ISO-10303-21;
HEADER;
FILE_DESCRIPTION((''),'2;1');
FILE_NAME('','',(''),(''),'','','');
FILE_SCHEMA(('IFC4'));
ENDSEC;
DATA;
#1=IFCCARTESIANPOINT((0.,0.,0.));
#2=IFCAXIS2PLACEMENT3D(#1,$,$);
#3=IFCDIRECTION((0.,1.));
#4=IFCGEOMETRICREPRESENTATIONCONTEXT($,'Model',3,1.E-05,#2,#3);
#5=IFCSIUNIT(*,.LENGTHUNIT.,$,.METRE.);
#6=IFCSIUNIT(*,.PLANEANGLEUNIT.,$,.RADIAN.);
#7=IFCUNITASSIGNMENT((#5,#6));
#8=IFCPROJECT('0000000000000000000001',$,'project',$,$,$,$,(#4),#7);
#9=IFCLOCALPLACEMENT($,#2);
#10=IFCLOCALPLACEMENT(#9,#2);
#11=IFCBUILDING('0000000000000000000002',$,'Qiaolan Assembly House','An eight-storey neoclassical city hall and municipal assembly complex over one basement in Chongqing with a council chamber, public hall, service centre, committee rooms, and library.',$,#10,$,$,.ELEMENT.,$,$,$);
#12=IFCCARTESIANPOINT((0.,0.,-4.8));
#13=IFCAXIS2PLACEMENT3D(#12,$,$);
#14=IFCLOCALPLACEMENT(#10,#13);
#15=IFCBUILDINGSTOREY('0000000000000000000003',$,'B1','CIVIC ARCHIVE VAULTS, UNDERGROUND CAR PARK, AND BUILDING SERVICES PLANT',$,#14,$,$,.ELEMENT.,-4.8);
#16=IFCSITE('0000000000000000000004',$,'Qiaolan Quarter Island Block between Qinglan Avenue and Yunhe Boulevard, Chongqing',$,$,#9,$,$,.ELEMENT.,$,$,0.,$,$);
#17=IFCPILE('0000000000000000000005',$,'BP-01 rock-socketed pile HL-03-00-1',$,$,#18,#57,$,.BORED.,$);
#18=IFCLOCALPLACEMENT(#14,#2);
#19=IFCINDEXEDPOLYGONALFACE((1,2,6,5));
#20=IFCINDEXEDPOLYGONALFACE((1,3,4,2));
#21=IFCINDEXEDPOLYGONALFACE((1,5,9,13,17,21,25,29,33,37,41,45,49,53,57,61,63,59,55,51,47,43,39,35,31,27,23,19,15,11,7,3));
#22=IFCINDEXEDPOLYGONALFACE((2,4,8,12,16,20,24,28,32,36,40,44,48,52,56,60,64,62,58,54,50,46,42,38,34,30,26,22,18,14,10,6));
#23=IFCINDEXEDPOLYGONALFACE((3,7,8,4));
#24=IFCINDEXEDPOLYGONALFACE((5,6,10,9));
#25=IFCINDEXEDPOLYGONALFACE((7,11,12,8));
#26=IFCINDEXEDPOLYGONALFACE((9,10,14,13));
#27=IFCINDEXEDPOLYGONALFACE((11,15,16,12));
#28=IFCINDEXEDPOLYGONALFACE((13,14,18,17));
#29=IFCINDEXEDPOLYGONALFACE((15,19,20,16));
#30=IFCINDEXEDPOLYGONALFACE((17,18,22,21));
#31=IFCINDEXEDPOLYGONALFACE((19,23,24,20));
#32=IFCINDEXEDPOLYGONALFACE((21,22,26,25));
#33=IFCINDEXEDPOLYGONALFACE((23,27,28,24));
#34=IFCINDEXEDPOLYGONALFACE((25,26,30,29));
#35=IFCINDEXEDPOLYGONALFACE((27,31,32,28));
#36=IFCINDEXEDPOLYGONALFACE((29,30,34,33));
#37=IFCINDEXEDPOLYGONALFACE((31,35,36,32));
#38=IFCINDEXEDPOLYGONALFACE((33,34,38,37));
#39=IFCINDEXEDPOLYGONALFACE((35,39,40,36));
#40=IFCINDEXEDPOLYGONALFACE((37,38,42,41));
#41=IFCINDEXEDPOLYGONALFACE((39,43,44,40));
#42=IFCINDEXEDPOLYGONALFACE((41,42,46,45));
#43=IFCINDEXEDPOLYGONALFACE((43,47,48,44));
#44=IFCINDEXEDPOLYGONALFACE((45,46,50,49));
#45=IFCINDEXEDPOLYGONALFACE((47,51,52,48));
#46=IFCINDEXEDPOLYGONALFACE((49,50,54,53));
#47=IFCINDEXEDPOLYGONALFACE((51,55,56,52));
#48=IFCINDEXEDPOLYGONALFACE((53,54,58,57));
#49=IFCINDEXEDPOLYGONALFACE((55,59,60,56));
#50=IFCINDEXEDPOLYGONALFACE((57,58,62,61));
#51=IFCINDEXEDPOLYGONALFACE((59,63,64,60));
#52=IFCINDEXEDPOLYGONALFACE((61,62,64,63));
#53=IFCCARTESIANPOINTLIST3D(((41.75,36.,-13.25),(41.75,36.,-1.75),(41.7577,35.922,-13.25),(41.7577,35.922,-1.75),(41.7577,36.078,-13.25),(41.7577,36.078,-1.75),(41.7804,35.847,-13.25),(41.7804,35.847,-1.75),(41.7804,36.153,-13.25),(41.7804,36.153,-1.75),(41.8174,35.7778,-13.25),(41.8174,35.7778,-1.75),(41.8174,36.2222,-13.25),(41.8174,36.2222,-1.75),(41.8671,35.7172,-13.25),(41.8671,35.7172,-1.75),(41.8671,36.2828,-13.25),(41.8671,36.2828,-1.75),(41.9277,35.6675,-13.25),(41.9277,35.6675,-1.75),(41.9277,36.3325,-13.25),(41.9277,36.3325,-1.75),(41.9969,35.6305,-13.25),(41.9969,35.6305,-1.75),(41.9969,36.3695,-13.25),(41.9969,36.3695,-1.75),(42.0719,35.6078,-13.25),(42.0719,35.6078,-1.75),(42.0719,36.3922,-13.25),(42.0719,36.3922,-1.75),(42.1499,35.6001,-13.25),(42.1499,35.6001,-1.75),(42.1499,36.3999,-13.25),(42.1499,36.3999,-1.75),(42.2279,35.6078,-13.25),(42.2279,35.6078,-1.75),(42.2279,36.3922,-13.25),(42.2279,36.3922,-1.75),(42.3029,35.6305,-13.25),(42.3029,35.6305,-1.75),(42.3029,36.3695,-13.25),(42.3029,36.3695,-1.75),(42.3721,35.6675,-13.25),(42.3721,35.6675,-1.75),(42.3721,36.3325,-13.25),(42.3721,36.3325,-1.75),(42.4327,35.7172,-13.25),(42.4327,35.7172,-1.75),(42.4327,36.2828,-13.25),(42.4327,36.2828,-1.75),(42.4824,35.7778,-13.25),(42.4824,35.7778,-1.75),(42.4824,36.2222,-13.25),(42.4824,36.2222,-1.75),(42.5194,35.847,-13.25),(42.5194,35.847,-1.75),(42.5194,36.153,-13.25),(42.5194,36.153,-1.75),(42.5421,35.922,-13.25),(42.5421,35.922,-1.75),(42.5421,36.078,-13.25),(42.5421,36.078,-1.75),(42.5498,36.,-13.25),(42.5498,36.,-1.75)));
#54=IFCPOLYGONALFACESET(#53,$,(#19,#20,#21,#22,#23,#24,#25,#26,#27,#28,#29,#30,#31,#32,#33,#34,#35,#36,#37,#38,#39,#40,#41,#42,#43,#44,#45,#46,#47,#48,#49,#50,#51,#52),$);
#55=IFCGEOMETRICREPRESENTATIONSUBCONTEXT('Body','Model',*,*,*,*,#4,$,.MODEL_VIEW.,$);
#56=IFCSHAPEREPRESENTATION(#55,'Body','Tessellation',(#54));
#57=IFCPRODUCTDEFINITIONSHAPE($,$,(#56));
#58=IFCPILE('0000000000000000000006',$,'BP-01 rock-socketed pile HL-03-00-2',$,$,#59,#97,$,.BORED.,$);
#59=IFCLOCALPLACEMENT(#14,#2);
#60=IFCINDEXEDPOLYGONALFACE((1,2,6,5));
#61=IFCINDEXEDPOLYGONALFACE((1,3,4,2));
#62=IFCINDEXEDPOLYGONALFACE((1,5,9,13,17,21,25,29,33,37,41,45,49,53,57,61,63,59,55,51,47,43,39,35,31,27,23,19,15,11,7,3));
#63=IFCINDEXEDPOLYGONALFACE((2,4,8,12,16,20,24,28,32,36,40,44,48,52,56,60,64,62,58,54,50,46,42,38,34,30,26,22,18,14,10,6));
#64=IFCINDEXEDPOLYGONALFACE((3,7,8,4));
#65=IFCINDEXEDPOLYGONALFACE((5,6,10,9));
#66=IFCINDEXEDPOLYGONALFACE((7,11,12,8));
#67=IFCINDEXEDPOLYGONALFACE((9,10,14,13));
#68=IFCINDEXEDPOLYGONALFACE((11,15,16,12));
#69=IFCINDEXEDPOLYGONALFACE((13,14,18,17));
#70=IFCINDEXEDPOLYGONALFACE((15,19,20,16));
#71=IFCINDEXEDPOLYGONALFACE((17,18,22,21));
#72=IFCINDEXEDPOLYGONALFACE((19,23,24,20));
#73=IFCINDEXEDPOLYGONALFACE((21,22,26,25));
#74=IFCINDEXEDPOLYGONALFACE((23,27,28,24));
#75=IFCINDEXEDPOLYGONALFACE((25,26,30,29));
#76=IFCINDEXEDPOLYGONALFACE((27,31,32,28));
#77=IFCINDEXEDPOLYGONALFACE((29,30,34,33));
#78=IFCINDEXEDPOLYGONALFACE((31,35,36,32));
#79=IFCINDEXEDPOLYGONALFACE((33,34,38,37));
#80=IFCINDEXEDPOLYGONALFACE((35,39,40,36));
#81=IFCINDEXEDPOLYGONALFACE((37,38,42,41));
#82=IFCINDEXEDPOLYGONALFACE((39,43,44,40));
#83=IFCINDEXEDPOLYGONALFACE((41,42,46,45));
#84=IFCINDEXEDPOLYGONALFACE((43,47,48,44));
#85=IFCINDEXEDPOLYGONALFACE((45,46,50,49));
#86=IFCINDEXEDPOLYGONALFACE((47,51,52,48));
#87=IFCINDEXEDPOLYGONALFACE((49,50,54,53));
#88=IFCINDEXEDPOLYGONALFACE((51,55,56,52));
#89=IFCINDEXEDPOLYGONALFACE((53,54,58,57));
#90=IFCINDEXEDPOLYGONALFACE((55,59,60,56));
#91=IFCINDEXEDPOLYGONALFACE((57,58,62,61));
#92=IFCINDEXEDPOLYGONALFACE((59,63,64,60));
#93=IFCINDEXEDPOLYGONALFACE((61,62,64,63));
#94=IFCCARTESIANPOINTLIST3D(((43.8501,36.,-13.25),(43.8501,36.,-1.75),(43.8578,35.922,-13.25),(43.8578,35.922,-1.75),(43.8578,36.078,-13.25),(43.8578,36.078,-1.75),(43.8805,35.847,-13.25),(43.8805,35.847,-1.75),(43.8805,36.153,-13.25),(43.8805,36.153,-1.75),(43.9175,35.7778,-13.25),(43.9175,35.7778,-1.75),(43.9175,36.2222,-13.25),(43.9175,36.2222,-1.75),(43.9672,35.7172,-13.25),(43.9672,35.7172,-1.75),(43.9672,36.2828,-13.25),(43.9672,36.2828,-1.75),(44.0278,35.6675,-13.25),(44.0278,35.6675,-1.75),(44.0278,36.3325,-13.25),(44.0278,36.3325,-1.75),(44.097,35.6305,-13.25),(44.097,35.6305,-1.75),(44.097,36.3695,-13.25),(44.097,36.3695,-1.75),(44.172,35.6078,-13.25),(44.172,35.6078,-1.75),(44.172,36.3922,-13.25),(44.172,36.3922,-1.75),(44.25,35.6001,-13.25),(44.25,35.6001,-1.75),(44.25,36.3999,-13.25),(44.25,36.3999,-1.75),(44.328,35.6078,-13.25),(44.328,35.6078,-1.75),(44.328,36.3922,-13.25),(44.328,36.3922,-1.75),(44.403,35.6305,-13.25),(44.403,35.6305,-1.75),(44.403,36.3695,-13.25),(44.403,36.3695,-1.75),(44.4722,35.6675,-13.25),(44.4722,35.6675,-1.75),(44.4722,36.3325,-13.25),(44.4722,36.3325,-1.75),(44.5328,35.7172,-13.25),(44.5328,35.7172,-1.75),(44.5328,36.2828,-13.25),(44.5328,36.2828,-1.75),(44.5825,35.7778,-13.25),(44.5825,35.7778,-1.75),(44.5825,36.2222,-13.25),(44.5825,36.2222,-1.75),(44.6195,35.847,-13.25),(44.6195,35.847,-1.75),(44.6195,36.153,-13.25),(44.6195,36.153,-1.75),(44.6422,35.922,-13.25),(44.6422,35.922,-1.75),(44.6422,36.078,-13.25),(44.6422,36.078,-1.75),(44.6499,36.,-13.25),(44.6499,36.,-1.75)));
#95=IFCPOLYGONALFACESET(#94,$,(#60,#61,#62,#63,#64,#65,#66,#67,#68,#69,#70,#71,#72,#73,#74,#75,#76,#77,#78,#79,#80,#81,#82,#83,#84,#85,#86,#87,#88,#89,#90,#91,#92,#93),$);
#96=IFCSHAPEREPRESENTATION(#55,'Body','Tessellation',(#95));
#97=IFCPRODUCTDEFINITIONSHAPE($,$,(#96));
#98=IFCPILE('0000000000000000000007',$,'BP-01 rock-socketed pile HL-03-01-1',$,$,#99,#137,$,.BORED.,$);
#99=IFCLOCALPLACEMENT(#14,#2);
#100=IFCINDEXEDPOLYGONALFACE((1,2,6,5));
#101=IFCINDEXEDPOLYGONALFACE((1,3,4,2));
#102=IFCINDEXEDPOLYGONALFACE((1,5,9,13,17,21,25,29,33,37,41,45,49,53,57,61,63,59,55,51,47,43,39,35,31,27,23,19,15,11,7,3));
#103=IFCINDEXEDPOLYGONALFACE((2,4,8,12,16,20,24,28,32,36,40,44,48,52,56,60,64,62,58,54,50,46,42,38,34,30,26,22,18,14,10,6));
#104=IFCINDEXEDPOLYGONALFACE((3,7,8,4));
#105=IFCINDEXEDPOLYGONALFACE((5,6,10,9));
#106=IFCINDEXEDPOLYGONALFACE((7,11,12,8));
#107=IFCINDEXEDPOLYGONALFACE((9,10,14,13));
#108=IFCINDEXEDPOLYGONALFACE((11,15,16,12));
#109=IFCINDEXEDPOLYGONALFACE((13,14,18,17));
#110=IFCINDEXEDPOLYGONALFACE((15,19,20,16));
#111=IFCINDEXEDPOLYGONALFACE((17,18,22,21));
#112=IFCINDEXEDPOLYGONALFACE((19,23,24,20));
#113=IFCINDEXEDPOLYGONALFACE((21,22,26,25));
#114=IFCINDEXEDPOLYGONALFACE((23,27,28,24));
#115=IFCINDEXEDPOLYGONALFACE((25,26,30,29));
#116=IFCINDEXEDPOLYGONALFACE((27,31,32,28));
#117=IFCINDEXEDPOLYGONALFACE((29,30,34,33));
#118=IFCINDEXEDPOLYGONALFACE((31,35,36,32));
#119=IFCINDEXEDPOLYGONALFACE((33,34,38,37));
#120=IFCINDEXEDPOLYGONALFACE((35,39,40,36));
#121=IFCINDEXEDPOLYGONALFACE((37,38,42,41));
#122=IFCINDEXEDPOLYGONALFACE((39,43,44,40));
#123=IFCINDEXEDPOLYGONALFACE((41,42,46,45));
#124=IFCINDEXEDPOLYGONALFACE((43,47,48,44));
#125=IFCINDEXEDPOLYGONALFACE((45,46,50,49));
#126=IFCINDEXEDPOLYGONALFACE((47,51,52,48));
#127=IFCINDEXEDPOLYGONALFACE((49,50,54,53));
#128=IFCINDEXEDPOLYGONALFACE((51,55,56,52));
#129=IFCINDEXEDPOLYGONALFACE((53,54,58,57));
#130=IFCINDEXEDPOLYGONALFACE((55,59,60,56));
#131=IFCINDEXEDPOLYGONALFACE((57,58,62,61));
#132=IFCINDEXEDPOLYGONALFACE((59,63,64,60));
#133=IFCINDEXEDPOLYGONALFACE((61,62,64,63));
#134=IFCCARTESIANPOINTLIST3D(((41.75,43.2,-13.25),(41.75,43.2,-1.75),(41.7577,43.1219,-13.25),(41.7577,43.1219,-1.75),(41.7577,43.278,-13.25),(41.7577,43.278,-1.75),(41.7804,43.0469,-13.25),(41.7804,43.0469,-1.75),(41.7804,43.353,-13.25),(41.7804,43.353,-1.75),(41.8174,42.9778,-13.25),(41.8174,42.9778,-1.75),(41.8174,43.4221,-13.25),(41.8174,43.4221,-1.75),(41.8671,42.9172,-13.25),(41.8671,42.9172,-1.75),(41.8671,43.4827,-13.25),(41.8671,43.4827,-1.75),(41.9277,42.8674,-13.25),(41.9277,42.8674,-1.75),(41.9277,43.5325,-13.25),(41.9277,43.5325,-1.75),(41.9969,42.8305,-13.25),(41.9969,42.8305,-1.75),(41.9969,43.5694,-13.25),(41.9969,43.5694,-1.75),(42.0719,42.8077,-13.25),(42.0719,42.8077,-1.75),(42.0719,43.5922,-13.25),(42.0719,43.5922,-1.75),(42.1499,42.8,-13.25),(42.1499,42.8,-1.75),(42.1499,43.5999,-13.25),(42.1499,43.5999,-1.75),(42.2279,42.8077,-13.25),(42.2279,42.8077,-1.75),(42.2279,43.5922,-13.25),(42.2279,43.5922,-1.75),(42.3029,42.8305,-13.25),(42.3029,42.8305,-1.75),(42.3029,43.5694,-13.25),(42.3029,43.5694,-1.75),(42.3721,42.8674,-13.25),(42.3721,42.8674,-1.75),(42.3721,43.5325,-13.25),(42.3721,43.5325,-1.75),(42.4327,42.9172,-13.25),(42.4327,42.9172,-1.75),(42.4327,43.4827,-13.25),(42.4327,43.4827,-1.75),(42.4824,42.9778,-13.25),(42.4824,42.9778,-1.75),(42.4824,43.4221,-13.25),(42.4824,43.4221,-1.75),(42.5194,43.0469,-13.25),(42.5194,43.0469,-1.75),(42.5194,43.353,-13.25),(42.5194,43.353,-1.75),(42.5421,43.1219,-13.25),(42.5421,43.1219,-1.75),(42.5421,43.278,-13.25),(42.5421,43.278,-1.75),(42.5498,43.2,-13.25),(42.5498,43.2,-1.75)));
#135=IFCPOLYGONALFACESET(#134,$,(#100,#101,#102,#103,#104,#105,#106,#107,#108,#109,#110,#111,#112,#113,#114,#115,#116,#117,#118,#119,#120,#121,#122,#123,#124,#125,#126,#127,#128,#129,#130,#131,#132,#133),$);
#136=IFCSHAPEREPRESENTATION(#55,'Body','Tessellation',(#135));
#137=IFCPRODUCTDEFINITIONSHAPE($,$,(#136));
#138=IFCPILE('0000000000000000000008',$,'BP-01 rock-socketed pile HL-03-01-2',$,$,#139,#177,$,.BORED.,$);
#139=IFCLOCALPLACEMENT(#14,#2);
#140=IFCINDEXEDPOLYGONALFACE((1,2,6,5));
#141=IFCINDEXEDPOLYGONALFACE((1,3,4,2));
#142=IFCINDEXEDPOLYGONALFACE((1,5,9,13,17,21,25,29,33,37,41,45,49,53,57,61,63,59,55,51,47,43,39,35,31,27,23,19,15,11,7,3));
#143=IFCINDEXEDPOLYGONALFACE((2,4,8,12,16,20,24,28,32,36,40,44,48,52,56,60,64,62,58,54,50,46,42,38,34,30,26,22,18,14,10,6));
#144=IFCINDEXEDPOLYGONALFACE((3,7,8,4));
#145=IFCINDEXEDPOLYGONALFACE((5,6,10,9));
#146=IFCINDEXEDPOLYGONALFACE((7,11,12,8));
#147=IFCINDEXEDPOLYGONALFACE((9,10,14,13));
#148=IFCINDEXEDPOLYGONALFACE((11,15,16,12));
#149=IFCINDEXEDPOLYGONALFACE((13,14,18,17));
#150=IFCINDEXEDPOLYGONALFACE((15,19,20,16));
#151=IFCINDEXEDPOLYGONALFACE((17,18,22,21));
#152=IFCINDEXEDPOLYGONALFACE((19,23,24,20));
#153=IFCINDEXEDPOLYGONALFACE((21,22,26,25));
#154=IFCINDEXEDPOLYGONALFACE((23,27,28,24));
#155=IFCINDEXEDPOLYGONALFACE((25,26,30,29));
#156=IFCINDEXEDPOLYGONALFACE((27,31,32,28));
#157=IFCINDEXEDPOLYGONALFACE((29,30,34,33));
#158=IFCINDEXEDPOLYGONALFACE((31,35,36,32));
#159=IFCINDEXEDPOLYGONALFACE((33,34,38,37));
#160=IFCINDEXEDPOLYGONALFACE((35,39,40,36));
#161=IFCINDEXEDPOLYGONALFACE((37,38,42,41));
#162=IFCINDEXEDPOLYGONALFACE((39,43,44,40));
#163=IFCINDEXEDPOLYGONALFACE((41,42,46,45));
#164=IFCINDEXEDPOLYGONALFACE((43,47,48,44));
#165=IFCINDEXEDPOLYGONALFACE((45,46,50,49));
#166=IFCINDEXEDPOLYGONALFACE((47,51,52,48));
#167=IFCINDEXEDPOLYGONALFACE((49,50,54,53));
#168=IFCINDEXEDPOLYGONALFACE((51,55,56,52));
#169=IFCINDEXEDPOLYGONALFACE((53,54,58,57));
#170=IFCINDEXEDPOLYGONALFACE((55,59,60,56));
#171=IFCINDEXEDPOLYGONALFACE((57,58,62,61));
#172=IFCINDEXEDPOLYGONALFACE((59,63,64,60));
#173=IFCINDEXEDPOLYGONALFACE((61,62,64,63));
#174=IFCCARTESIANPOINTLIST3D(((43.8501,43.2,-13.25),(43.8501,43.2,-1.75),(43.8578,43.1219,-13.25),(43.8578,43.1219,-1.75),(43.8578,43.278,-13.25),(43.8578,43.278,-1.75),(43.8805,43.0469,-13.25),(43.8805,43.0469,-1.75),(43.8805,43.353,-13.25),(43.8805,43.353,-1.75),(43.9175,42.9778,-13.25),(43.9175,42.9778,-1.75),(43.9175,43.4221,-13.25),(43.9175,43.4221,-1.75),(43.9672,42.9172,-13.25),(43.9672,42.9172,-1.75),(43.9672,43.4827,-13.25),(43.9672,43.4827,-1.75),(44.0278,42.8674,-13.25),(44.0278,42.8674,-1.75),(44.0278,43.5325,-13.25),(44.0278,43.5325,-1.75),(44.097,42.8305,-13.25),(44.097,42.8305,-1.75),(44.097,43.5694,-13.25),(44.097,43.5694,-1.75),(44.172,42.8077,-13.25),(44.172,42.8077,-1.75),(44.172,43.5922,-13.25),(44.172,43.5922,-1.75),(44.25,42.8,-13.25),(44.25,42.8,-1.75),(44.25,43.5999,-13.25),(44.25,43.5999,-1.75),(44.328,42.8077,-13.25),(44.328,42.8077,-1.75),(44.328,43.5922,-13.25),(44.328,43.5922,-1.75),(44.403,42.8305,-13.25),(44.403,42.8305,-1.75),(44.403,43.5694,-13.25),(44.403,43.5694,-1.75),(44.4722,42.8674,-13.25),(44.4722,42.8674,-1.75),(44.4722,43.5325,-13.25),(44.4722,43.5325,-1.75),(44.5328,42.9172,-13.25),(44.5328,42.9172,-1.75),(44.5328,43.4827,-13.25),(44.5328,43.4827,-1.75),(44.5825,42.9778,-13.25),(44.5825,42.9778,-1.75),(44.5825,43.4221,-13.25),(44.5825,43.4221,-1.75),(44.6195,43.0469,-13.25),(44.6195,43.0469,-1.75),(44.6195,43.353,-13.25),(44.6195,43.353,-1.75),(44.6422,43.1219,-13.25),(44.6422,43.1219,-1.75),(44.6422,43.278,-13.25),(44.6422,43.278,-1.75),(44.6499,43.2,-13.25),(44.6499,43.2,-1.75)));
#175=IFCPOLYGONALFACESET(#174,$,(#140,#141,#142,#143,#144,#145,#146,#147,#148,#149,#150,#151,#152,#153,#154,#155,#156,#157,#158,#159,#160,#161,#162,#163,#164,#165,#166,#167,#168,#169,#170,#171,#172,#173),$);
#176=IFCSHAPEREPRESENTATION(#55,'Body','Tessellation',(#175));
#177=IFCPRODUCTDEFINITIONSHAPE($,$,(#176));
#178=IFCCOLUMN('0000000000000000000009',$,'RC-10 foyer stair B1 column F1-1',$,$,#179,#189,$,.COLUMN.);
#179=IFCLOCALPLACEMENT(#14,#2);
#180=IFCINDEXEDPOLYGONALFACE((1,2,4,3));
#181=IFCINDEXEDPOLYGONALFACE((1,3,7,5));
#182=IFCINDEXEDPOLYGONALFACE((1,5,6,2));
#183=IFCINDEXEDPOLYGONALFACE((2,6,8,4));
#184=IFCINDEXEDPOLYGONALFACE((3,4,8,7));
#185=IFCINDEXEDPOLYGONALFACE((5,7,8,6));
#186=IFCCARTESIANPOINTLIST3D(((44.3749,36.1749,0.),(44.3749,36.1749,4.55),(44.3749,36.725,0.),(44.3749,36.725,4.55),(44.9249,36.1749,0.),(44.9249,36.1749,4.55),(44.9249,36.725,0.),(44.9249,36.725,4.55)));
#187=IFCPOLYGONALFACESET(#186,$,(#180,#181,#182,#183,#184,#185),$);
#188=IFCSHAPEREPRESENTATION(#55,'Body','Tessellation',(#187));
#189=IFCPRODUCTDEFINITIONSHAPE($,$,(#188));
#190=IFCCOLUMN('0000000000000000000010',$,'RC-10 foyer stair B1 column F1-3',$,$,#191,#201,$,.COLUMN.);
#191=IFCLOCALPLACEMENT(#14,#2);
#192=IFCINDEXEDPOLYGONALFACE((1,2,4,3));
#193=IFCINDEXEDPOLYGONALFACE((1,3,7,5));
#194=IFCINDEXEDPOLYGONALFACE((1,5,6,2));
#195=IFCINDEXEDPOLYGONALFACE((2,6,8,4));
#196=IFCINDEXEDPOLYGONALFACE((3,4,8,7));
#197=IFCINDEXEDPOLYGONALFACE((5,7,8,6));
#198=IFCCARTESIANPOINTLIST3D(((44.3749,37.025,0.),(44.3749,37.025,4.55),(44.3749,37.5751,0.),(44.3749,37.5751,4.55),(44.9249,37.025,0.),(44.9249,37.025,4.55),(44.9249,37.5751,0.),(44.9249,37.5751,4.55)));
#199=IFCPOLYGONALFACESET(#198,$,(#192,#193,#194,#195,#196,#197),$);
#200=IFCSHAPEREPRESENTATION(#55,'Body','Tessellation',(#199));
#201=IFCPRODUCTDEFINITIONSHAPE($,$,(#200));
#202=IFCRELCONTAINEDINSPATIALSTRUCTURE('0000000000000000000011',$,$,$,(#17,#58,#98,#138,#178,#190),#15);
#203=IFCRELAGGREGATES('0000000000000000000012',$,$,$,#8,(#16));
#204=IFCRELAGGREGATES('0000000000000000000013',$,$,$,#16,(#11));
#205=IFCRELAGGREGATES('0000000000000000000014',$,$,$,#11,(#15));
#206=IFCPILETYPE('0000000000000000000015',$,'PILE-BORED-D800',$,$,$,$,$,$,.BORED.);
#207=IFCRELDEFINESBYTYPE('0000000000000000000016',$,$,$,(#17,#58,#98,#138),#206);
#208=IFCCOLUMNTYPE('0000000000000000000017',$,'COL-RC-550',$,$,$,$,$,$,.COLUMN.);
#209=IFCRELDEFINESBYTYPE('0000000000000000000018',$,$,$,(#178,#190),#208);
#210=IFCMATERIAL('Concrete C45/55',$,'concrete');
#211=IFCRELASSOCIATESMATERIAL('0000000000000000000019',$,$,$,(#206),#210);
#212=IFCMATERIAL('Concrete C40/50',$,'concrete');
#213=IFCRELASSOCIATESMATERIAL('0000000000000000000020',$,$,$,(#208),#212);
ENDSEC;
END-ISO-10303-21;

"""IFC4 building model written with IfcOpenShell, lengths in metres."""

from ifc_helpers import new_model, si_unit, direction, frame, origin, origin_2d, place, context, subcontext, project, spatial, rectangle, circle, extrude, material, material_profile, profile_set, type_object, element, save


model = new_model("IFC4")

# Units and contexts
model_context = context("Model", 3, precision=1e-05, world=origin(), true_north=direction((0.0, 1.0)))
body_context = subcontext(model_context, "Body", "Model", "MODEL_VIEW")
ifc_project = project(units=[si_unit("LENGTHUNIT", "METRE"), si_unit("PLANEANGLEUNIT", "RADIAN")], contexts=[model_context])

# Site, building, storey
site_placement = place(None, origin())
site = spatial("IfcSite", under=ifc_project, at=site_placement, Name="Qiaolan Quarter Island Block between Qinglan Avenue and Yunhe Boulevard, Chongqing", CompositionType="ELEMENT", RefElevation=0.0)
building_placement = place(site_placement, origin())
building = spatial("IfcBuilding", under=site, at=building_placement, Name="Qiaolan Assembly House", Description="An eight-storey neoclassical city hall and municipal assembly complex over one basement in Chongqing with a council chamber, public hall, service centre, committee rooms, and library.", CompositionType="ELEMENT")
storey_placement = place(building_placement, frame((0.0, 0.0, -4.8)))
storey = spatial("IfcBuildingStorey", under=building, at=storey_placement, Name="B1", Description="CIVIC ARCHIVE VAULTS, UNDERGROUND CAR PARK, AND BUILDING SERVICES PLANT", CompositionType="ELEMENT", Elevation=-4.8)

# Shared definitions
ifc_material_1 = material(Name="Concrete C40/50", Category="concrete")

# Piles
ifc_material_2 = material(Name="Concrete C45/55", Category="concrete")
ifc_material_profile_1 = material_profile(ifc_material_2, circle(Radius=0.3999, at=origin_2d()), Name="PILE D800")
ifc_profile_set_1 = profile_set([ifc_material_profile_1], Name="Concrete C45/55")
pile_type = type_object("IfcPileType", Name="PILE-BORED-D800", PredefinedType="BORED", material=ifc_profile_set_1)
for number, where, z_axis, x_axis, name in (
    (1, (42.1499, 36.0, -1.75), (0.0, 0.0, -1.0), (1.0, 0.0, 0.0), "BP-01 rock-socketed pile HL-03-00-1"),
    (2, (44.25, 36.0, -1.75), (0.0, 0.0, -1.0), (1.0, 0.0, 0.0), "BP-01 rock-socketed pile HL-03-00-2"),
    (3, (42.1499, 43.2, -1.75), (0.0, 0.0, -1.0), (1.0, 0.0, 0.0), "BP-01 rock-socketed pile HL-03-01-1"),
    (4, (44.25, 43.2, -1.75), (0.0, 0.0, -1.0), (1.0, 0.0, 0.0), "BP-01 rock-socketed pile HL-03-01-2"),
):
    element("IfcPile", number, at=place(storey_placement, frame(where, z_axis=z_axis, x_axis=x_axis)), inside=storey, type_object=pile_type, Name=name, PredefinedType="BORED", context=body_context, shape_type="SweptSolid", body=[
        extrude(circle(Radius=0.3999, at=origin_2d()), origin(), (0.0, 0.0, 1.0), 11.5),
    ])

# Columns
ifc_material_profile_2 = material_profile(ifc_material_1, rectangle(XDim=0.55, YDim=0.55, at=origin_2d()), Name="RC 550x550")
ifc_profile_set_2 = profile_set([ifc_material_profile_2], Name="Concrete C40/50")
column_type_1 = type_object("IfcColumnType", Name="COL-RC-550", PredefinedType="COLUMN", material=ifc_profile_set_2)
for number, where, z_axis, x_axis, name in (
    (5, (44.6499, 36.45, 0.0), (0.0, 0.0, 1.0), (1.0, 0.0, 0.0), "RC-10 foyer stair B1 column F1-1"),
    (6, (44.6499, 37.3, 0.0), (0.0, 0.0, 1.0), (1.0, 0.0, 0.0), "RC-10 foyer stair B1 column F1-3"),
):
    element("IfcColumn", number, at=place(storey_placement, frame(where, z_axis=z_axis, x_axis=x_axis)), inside=storey, type_object=column_type_1, Name=name, PredefinedType="COLUMN", context=body_context, shape_type="SweptSolid", body=[
        extrude(rectangle(XDim=0.55, YDim=0.55, at=origin_2d()), origin(), (0.0, 0.0, 1.0), 4.55),
    ])

save(model, "model.ifc")
